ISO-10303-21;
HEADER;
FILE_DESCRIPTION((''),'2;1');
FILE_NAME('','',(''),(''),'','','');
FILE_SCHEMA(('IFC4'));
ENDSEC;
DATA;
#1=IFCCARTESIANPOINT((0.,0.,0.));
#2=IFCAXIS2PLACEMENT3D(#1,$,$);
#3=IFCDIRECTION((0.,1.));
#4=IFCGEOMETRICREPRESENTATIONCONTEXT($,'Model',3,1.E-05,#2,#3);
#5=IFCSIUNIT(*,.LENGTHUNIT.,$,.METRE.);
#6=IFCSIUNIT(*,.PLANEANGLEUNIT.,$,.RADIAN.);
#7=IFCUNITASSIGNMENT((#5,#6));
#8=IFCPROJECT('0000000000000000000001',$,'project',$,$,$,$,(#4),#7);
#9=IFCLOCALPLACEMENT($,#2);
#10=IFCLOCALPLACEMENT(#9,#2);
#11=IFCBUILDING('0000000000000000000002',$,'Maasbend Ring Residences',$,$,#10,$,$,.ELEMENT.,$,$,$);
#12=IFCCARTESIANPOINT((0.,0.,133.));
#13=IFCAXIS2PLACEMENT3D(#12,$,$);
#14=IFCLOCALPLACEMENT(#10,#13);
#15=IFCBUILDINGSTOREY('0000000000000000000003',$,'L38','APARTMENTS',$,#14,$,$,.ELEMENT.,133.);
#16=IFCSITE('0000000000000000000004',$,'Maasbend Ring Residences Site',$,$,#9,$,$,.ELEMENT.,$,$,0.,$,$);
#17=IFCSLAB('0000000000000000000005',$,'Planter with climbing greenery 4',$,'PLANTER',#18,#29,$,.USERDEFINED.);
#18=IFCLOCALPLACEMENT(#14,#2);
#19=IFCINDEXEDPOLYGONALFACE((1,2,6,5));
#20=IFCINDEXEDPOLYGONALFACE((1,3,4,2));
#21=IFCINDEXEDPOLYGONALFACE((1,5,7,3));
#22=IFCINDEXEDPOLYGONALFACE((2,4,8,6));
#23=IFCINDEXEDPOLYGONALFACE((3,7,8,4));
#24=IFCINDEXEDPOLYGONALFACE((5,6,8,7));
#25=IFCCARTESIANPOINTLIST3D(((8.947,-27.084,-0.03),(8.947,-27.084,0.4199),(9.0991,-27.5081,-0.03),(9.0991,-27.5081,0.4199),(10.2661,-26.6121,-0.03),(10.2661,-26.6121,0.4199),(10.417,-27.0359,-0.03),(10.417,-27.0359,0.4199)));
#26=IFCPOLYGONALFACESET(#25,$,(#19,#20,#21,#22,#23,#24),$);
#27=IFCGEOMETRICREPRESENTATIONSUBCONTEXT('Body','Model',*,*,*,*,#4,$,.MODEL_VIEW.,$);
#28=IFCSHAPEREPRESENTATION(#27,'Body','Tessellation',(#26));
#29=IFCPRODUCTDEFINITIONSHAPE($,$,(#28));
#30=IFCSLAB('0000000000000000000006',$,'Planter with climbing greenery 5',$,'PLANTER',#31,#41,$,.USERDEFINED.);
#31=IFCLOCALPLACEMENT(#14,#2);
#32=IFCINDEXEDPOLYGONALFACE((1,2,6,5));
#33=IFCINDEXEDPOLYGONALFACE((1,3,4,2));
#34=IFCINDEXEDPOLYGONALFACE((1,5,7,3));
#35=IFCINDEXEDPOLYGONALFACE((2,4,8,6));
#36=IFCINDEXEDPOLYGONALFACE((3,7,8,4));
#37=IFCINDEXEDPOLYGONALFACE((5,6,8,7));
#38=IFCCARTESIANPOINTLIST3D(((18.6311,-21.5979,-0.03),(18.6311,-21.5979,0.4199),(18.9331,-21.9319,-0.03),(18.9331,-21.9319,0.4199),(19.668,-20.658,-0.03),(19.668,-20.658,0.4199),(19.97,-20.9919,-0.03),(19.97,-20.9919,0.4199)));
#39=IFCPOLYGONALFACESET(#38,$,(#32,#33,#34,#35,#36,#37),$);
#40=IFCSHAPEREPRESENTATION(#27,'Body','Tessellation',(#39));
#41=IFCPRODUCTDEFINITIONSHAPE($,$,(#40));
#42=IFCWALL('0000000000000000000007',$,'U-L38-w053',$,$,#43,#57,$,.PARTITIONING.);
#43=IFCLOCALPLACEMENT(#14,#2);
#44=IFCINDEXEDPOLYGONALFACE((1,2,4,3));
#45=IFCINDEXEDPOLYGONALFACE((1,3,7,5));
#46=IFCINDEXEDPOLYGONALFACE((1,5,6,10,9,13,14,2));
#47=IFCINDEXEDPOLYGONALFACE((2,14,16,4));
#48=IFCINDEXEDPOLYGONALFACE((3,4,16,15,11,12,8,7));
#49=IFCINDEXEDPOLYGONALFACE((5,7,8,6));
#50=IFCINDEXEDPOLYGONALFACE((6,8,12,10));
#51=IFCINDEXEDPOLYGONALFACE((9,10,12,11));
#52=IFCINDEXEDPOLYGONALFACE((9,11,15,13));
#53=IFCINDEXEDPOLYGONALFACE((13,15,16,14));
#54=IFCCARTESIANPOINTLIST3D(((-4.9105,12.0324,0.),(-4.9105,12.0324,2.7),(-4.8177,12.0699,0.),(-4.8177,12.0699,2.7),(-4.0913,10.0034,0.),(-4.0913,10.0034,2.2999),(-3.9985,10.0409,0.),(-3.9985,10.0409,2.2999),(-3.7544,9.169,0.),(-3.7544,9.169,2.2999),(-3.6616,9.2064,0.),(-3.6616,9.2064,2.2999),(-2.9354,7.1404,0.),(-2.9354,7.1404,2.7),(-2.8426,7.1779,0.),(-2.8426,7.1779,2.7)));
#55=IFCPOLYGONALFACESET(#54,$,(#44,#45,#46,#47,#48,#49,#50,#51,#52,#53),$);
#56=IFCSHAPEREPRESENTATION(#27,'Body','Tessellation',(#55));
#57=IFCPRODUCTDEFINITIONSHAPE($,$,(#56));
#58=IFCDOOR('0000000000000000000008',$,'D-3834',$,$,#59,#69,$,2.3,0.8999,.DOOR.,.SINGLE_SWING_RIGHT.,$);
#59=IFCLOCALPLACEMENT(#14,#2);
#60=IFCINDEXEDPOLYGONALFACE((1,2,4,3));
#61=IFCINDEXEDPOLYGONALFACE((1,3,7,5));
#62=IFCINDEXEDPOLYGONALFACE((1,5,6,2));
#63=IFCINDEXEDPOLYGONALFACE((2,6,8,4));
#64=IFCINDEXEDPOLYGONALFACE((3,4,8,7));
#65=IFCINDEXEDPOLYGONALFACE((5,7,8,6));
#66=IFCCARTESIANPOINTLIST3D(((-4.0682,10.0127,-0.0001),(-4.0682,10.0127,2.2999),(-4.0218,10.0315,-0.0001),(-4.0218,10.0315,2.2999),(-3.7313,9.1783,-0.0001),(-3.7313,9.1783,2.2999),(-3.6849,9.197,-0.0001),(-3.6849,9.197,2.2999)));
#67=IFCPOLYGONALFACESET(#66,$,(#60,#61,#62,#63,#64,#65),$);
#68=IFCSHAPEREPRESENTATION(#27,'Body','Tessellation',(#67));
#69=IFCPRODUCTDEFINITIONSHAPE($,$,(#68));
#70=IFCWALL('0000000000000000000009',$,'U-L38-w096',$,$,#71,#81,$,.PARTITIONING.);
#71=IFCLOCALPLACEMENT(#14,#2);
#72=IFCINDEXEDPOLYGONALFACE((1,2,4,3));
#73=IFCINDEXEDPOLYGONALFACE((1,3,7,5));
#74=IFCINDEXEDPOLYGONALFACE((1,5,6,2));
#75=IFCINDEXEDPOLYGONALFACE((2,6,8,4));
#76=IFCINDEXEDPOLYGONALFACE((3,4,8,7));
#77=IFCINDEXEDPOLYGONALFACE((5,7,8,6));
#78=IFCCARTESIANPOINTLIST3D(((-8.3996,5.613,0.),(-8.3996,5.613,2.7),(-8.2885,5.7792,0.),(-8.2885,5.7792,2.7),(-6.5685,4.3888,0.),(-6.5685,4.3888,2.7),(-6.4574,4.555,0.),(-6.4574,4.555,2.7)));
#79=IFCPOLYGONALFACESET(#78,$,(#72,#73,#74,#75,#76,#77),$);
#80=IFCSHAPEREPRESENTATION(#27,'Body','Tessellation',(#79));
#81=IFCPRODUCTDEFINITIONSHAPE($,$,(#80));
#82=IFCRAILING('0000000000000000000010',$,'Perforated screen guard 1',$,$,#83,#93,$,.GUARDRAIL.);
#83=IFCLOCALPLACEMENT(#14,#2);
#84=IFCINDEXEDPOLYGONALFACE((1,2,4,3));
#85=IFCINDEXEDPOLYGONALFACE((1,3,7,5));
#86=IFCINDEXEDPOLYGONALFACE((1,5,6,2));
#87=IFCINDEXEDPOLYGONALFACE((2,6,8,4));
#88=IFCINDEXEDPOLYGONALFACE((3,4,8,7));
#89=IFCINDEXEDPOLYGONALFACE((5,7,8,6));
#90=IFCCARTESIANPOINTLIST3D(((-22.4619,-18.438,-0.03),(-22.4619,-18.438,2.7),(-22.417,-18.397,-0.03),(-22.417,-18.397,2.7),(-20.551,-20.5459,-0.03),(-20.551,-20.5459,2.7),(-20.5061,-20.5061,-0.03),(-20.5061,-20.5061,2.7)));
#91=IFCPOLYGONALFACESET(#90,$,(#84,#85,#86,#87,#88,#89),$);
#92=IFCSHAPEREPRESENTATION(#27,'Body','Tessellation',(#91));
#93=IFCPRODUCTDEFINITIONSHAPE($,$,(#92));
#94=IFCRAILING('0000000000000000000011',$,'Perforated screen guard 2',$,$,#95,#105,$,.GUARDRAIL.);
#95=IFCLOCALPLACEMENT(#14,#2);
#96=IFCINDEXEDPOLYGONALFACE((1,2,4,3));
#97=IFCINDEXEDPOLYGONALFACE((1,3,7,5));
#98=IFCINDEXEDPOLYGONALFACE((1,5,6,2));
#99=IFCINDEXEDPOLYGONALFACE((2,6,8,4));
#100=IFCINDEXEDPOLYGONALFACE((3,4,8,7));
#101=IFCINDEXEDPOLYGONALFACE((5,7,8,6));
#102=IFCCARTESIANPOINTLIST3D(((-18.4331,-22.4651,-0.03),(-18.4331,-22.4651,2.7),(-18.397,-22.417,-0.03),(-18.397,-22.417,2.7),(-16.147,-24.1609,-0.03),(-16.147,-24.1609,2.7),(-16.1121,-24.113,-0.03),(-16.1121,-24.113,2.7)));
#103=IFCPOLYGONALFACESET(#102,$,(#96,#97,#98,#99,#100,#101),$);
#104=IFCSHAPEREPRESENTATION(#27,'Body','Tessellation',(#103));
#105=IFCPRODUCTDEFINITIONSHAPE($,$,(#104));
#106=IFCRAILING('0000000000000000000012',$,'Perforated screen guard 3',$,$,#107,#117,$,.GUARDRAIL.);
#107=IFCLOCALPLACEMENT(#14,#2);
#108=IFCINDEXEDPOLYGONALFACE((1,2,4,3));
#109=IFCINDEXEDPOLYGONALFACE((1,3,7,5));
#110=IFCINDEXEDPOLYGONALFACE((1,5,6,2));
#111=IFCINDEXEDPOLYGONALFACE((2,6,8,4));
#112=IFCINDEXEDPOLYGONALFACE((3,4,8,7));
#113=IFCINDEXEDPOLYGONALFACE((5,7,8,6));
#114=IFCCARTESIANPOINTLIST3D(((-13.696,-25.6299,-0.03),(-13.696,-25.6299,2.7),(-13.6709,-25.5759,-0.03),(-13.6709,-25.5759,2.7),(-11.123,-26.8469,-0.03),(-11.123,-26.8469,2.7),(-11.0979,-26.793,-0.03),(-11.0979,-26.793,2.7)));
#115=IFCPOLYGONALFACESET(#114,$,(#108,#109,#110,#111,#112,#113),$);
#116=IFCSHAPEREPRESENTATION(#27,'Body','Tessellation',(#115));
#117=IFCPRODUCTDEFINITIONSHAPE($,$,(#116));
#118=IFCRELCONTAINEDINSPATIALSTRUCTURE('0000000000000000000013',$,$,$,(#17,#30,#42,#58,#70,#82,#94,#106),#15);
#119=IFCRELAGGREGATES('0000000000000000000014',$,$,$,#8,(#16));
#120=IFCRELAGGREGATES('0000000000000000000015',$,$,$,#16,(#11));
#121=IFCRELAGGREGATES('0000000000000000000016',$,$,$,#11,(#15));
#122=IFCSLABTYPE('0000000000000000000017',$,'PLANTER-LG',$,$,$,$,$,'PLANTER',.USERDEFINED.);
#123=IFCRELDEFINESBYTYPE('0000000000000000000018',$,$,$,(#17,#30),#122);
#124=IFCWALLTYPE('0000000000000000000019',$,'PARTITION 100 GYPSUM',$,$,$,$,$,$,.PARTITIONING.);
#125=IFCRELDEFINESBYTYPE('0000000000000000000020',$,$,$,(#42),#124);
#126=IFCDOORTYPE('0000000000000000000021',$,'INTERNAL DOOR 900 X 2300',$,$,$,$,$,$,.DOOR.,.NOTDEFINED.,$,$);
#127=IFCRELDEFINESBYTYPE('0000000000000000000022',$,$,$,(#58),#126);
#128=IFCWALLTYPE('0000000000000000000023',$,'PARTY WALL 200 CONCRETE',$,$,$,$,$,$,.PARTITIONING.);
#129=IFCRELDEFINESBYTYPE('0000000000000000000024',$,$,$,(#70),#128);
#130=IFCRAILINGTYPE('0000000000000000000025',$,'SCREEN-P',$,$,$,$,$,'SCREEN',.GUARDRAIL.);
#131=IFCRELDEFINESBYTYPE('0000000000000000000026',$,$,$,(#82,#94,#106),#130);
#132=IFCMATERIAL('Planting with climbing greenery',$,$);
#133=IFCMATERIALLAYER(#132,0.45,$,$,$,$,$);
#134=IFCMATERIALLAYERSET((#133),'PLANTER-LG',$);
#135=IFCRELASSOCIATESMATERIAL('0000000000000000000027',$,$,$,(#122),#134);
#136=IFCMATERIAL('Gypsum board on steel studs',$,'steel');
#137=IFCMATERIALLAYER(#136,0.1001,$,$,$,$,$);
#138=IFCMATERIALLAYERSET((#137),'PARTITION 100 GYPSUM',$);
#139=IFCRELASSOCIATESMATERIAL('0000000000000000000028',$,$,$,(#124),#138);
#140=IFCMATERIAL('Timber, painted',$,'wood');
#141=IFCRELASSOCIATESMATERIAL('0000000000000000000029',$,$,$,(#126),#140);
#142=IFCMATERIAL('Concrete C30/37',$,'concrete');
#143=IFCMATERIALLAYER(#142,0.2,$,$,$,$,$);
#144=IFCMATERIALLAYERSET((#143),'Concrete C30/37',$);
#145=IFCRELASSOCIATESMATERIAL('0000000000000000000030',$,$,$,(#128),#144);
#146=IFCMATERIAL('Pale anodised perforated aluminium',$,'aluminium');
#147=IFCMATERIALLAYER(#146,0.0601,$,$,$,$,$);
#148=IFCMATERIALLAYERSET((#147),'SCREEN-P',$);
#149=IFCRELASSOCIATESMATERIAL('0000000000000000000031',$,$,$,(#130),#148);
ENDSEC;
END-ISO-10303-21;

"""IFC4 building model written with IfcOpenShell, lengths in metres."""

from ifc_helpers import new_model, si_unit, direction, frame, frame_2d, origin, place, context, subcontext, project, spatial, polyline, rectangle, outline, extrude, material, layer, layer_set, type_object, element, fill, save


model = new_model("IFC4")

# Units and contexts
model_context = context("Model", 3, precision=1e-05, world=origin(), true_north=direction((0.0, 1.0)))
body_context = subcontext(model_context, "Body", "Model", "MODEL_VIEW")
ifc_project = project(units=[si_unit("LENGTHUNIT", "METRE"), si_unit("PLANEANGLEUNIT", "RADIAN")], contexts=[model_context])

# Site, building, storey
site_placement = place(None, origin())
site = spatial("IfcSite", under=ifc_project, at=site_placement, Name="Maasbend Ring Residences Site", CompositionType="ELEMENT", RefElevation=0.0)
building_placement = place(site_placement, origin())
building = spatial("IfcBuilding", under=site, at=building_placement, Name="Maasbend Ring Residences", CompositionType="ELEMENT")
storey_placement = place(building_placement, frame((0.0, 0.0, 133.0)))
storey = spatial("IfcBuildingStorey", under=building, at=storey_placement, Name="L38", Description="APARTMENTS", CompositionType="ELEMENT", Elevation=133.0)

# Slabs
ifc_material_1 = material(Name="Planting with climbing greenery")
ifc_layer_1 = layer(ifc_material_1, 0.45)
ifc_layer_set_1 = layer_set([ifc_layer_1], Name="PLANTER-LG")
slab_type_1 = type_object("IfcSlabType", Name="PLANTER-LG", ElementType="PLANTER", PredefinedType="USERDEFINED", material=ifc_layer_set_1)
slab_1_placement = place(storey_placement, frame((0.0, 0.0, -0.03)))
element("IfcSlab", 1, at=slab_1_placement, inside=storey, type_object=slab_type_1, Name="Planter with climbing greenery 4", ObjectType="PLANTER", PredefinedType="USERDEFINED", context=body_context, shape_type="SweptSolid", body=[
    extrude(outline(polyline([(9.0991, -27.5081), (10.417, -27.0359), (10.2661, -26.6121), (8.947, -27.084), (9.0991, -27.5081)])), origin(), (0.0, 0.0, 1.0), 0.45),
])
slab_2_placement = place(storey_placement, frame((0.0, 0.0, -0.03)))
element("IfcSlab", 2, at=slab_2_placement, inside=storey, type_object=slab_type_1, Name="Planter with climbing greenery 5", ObjectType="PLANTER", PredefinedType="USERDEFINED", context=body_context, shape_type="SweptSolid", body=[
    extrude(outline(polyline([(18.9331, -21.9319), (19.97, -20.9919), (19.668, -20.658), (18.6311, -21.5979), (18.9331, -21.9319)])), origin(), (0.0, 0.0, 1.0), 0.45),
])

# Wall, opening, door
ifc_material_2 = material(Name="Gypsum board on steel studs", Category="steel")
ifc_layer_2 = layer(ifc_material_2, 0.1001)
ifc_layer_set_2 = layer_set([ifc_layer_2], Name="PARTITION 100 GYPSUM")
wall_type_1 = type_object("IfcWallType", Name="PARTITION 100 GYPSUM", PredefinedType="PARTITIONING", material=ifc_layer_set_2)
wall_1_placement = place(storey_placement, frame((-4.864, 12.051, 0.0), z_axis=(0.0, 0.0, 1.0), x_axis=(0.374373, -0.927278, 0.0)))
wall_1 = element("IfcWall", 3, at=wall_1_placement, inside=storey, type_object=wall_type_1, Name="U-L38-w053", PredefinedType="PARTITIONING", context=body_context, shape_type="SweptSolid", body=[
    extrude(rectangle(XDim=5.2756, YDim=0.1001, at=frame_2d((2.6377, 0.0))), origin(), (0.0, 0.0, 1.0), 2.7),
])
opening_placement = place(wall_1_placement, frame((2.188, 0.0, 0.0)))
opening = element("IfcOpeningElement", 4, at=opening_placement, cuts=wall_1, PredefinedType="OPENING", context=body_context, shape_type="SweptSolid", body=[
    extrude(rectangle(XDim=0.8999, YDim=2.3, at=frame_2d((0.45, 1.1499))), frame((0.0, 0.0601, 0.0), z_axis=(0.0, -1.0, 0.0), x_axis=(1.0, 0.0, 0.0)), (0.0, 0.0, 1.0), 0.1201),
])
ifc_material_3 = material(Name="Timber, painted", Category="wood")
door_type = type_object("IfcDoorType", Name="INTERNAL DOOR 900 X 2300", OperationType="NOTDEFINED", PredefinedType="DOOR", material=ifc_material_3)
door_placement = place(opening_placement, origin())
door = element("IfcDoor", 5, at=door_placement, inside=storey, type_object=door_type, Name="D-3834", OperationType="SINGLE_SWING_RIGHT", OverallHeight=2.3, OverallWidth=0.8999, PredefinedType="DOOR", context=body_context, shape_type="SweptSolid", body=[
    extrude(rectangle(XDim=0.8999, YDim=2.3, at=frame_2d((0.45, 1.1499))), frame((0.0, 0.0249, 0.0), z_axis=(0.0, -1.0, 0.0), x_axis=(1.0, 0.0, 0.0)), (0.0, 0.0, 1.0), 0.05),
])
fill(opening, door)

# Wall
ifc_material_4 = material(Name="Concrete C30/37", Category="concrete")
ifc_layer_3 = layer(ifc_material_4, 0.2)
ifc_layer_set_3 = layer_set([ifc_layer_3], Name="Concrete C30/37")
wall_type_2 = type_object("IfcWallType", Name="PARTY WALL 200 CONCRETE", PredefinedType="PARTITIONING", material=ifc_layer_set_3)
wall_2_placement = place(storey_placement, frame((-6.5129, 4.4719, 0.0), z_axis=(0.0, 0.0, 1.0), x_axis=(-0.831333, 0.555774, 0.0)))
element("IfcWall", 6, at=wall_2_placement, inside=storey, type_object=wall_type_2, Name="U-L38-w096", PredefinedType="PARTITIONING", context=body_context, shape_type="SweptSolid", body=[
    extrude(rectangle(XDim=2.2026, YDim=0.2, at=frame_2d((1.1013, 0.0))), origin(), (0.0, 0.0, 1.0), 2.7),
])

# Railings
ifc_material_5 = material(Name="Pale anodised perforated aluminium", Category="aluminium")
ifc_layer_4 = layer(ifc_material_5, 0.0601)
ifc_layer_set_4 = layer_set([ifc_layer_4], Name="SCREEN-P")
railing_type = type_object("IfcRailingType", Name="SCREEN-P", ElementType="SCREEN", PredefinedType="GUARDRAIL", material=ifc_layer_set_4)
railing_1_placement = place(storey_placement, frame((0.0, 0.0, -0.03)))
element("IfcRailing", 7, at=railing_1_placement, inside=storey, type_object=railing_type, Name="Perforated screen guard 1", PredefinedType="GUARDRAIL", context=body_context, shape_type="SweptSolid", body=[
    extrude(outline(polyline([(-22.417, -18.397), (-20.5061, -20.5061), (-20.551, -20.5459), (-22.4619, -18.438), (-22.417, -18.397)])), origin(), (0.0, 0.0, 1.0), 2.73),
])
railing_2_placement = place(storey_placement, frame((0.0, 0.0, -0.03)))
element("IfcRailing", 8, at=railing_2_placement, inside=storey, type_object=railing_type, Name="Perforated screen guard 2", PredefinedType="GUARDRAIL", context=body_context, shape_type="SweptSolid", body=[
    extrude(outline(polyline([(-18.397, -22.417), (-16.1121, -24.113), (-16.147, -24.1609), (-18.4331, -22.4651), (-18.397, -22.417)])), origin(), (0.0, 0.0, 1.0), 2.73),
])
railing_3_placement = place(storey_placement, frame((0.0, 0.0, -0.03)))
element("IfcRailing", 9, at=railing_3_placement, inside=storey, type_object=railing_type, Name="Perforated screen guard 3", PredefinedType="GUARDRAIL", context=body_context, shape_type="SweptSolid", body=[
    extrude(outline(polyline([(-13.6709, -25.5759), (-11.0979, -26.793), (-11.123, -26.8469), (-13.696, -25.6299), (-13.6709, -25.5759)])), origin(), (0.0, 0.0, 1.0), 2.73),
])

save(model, "model.ifc")
